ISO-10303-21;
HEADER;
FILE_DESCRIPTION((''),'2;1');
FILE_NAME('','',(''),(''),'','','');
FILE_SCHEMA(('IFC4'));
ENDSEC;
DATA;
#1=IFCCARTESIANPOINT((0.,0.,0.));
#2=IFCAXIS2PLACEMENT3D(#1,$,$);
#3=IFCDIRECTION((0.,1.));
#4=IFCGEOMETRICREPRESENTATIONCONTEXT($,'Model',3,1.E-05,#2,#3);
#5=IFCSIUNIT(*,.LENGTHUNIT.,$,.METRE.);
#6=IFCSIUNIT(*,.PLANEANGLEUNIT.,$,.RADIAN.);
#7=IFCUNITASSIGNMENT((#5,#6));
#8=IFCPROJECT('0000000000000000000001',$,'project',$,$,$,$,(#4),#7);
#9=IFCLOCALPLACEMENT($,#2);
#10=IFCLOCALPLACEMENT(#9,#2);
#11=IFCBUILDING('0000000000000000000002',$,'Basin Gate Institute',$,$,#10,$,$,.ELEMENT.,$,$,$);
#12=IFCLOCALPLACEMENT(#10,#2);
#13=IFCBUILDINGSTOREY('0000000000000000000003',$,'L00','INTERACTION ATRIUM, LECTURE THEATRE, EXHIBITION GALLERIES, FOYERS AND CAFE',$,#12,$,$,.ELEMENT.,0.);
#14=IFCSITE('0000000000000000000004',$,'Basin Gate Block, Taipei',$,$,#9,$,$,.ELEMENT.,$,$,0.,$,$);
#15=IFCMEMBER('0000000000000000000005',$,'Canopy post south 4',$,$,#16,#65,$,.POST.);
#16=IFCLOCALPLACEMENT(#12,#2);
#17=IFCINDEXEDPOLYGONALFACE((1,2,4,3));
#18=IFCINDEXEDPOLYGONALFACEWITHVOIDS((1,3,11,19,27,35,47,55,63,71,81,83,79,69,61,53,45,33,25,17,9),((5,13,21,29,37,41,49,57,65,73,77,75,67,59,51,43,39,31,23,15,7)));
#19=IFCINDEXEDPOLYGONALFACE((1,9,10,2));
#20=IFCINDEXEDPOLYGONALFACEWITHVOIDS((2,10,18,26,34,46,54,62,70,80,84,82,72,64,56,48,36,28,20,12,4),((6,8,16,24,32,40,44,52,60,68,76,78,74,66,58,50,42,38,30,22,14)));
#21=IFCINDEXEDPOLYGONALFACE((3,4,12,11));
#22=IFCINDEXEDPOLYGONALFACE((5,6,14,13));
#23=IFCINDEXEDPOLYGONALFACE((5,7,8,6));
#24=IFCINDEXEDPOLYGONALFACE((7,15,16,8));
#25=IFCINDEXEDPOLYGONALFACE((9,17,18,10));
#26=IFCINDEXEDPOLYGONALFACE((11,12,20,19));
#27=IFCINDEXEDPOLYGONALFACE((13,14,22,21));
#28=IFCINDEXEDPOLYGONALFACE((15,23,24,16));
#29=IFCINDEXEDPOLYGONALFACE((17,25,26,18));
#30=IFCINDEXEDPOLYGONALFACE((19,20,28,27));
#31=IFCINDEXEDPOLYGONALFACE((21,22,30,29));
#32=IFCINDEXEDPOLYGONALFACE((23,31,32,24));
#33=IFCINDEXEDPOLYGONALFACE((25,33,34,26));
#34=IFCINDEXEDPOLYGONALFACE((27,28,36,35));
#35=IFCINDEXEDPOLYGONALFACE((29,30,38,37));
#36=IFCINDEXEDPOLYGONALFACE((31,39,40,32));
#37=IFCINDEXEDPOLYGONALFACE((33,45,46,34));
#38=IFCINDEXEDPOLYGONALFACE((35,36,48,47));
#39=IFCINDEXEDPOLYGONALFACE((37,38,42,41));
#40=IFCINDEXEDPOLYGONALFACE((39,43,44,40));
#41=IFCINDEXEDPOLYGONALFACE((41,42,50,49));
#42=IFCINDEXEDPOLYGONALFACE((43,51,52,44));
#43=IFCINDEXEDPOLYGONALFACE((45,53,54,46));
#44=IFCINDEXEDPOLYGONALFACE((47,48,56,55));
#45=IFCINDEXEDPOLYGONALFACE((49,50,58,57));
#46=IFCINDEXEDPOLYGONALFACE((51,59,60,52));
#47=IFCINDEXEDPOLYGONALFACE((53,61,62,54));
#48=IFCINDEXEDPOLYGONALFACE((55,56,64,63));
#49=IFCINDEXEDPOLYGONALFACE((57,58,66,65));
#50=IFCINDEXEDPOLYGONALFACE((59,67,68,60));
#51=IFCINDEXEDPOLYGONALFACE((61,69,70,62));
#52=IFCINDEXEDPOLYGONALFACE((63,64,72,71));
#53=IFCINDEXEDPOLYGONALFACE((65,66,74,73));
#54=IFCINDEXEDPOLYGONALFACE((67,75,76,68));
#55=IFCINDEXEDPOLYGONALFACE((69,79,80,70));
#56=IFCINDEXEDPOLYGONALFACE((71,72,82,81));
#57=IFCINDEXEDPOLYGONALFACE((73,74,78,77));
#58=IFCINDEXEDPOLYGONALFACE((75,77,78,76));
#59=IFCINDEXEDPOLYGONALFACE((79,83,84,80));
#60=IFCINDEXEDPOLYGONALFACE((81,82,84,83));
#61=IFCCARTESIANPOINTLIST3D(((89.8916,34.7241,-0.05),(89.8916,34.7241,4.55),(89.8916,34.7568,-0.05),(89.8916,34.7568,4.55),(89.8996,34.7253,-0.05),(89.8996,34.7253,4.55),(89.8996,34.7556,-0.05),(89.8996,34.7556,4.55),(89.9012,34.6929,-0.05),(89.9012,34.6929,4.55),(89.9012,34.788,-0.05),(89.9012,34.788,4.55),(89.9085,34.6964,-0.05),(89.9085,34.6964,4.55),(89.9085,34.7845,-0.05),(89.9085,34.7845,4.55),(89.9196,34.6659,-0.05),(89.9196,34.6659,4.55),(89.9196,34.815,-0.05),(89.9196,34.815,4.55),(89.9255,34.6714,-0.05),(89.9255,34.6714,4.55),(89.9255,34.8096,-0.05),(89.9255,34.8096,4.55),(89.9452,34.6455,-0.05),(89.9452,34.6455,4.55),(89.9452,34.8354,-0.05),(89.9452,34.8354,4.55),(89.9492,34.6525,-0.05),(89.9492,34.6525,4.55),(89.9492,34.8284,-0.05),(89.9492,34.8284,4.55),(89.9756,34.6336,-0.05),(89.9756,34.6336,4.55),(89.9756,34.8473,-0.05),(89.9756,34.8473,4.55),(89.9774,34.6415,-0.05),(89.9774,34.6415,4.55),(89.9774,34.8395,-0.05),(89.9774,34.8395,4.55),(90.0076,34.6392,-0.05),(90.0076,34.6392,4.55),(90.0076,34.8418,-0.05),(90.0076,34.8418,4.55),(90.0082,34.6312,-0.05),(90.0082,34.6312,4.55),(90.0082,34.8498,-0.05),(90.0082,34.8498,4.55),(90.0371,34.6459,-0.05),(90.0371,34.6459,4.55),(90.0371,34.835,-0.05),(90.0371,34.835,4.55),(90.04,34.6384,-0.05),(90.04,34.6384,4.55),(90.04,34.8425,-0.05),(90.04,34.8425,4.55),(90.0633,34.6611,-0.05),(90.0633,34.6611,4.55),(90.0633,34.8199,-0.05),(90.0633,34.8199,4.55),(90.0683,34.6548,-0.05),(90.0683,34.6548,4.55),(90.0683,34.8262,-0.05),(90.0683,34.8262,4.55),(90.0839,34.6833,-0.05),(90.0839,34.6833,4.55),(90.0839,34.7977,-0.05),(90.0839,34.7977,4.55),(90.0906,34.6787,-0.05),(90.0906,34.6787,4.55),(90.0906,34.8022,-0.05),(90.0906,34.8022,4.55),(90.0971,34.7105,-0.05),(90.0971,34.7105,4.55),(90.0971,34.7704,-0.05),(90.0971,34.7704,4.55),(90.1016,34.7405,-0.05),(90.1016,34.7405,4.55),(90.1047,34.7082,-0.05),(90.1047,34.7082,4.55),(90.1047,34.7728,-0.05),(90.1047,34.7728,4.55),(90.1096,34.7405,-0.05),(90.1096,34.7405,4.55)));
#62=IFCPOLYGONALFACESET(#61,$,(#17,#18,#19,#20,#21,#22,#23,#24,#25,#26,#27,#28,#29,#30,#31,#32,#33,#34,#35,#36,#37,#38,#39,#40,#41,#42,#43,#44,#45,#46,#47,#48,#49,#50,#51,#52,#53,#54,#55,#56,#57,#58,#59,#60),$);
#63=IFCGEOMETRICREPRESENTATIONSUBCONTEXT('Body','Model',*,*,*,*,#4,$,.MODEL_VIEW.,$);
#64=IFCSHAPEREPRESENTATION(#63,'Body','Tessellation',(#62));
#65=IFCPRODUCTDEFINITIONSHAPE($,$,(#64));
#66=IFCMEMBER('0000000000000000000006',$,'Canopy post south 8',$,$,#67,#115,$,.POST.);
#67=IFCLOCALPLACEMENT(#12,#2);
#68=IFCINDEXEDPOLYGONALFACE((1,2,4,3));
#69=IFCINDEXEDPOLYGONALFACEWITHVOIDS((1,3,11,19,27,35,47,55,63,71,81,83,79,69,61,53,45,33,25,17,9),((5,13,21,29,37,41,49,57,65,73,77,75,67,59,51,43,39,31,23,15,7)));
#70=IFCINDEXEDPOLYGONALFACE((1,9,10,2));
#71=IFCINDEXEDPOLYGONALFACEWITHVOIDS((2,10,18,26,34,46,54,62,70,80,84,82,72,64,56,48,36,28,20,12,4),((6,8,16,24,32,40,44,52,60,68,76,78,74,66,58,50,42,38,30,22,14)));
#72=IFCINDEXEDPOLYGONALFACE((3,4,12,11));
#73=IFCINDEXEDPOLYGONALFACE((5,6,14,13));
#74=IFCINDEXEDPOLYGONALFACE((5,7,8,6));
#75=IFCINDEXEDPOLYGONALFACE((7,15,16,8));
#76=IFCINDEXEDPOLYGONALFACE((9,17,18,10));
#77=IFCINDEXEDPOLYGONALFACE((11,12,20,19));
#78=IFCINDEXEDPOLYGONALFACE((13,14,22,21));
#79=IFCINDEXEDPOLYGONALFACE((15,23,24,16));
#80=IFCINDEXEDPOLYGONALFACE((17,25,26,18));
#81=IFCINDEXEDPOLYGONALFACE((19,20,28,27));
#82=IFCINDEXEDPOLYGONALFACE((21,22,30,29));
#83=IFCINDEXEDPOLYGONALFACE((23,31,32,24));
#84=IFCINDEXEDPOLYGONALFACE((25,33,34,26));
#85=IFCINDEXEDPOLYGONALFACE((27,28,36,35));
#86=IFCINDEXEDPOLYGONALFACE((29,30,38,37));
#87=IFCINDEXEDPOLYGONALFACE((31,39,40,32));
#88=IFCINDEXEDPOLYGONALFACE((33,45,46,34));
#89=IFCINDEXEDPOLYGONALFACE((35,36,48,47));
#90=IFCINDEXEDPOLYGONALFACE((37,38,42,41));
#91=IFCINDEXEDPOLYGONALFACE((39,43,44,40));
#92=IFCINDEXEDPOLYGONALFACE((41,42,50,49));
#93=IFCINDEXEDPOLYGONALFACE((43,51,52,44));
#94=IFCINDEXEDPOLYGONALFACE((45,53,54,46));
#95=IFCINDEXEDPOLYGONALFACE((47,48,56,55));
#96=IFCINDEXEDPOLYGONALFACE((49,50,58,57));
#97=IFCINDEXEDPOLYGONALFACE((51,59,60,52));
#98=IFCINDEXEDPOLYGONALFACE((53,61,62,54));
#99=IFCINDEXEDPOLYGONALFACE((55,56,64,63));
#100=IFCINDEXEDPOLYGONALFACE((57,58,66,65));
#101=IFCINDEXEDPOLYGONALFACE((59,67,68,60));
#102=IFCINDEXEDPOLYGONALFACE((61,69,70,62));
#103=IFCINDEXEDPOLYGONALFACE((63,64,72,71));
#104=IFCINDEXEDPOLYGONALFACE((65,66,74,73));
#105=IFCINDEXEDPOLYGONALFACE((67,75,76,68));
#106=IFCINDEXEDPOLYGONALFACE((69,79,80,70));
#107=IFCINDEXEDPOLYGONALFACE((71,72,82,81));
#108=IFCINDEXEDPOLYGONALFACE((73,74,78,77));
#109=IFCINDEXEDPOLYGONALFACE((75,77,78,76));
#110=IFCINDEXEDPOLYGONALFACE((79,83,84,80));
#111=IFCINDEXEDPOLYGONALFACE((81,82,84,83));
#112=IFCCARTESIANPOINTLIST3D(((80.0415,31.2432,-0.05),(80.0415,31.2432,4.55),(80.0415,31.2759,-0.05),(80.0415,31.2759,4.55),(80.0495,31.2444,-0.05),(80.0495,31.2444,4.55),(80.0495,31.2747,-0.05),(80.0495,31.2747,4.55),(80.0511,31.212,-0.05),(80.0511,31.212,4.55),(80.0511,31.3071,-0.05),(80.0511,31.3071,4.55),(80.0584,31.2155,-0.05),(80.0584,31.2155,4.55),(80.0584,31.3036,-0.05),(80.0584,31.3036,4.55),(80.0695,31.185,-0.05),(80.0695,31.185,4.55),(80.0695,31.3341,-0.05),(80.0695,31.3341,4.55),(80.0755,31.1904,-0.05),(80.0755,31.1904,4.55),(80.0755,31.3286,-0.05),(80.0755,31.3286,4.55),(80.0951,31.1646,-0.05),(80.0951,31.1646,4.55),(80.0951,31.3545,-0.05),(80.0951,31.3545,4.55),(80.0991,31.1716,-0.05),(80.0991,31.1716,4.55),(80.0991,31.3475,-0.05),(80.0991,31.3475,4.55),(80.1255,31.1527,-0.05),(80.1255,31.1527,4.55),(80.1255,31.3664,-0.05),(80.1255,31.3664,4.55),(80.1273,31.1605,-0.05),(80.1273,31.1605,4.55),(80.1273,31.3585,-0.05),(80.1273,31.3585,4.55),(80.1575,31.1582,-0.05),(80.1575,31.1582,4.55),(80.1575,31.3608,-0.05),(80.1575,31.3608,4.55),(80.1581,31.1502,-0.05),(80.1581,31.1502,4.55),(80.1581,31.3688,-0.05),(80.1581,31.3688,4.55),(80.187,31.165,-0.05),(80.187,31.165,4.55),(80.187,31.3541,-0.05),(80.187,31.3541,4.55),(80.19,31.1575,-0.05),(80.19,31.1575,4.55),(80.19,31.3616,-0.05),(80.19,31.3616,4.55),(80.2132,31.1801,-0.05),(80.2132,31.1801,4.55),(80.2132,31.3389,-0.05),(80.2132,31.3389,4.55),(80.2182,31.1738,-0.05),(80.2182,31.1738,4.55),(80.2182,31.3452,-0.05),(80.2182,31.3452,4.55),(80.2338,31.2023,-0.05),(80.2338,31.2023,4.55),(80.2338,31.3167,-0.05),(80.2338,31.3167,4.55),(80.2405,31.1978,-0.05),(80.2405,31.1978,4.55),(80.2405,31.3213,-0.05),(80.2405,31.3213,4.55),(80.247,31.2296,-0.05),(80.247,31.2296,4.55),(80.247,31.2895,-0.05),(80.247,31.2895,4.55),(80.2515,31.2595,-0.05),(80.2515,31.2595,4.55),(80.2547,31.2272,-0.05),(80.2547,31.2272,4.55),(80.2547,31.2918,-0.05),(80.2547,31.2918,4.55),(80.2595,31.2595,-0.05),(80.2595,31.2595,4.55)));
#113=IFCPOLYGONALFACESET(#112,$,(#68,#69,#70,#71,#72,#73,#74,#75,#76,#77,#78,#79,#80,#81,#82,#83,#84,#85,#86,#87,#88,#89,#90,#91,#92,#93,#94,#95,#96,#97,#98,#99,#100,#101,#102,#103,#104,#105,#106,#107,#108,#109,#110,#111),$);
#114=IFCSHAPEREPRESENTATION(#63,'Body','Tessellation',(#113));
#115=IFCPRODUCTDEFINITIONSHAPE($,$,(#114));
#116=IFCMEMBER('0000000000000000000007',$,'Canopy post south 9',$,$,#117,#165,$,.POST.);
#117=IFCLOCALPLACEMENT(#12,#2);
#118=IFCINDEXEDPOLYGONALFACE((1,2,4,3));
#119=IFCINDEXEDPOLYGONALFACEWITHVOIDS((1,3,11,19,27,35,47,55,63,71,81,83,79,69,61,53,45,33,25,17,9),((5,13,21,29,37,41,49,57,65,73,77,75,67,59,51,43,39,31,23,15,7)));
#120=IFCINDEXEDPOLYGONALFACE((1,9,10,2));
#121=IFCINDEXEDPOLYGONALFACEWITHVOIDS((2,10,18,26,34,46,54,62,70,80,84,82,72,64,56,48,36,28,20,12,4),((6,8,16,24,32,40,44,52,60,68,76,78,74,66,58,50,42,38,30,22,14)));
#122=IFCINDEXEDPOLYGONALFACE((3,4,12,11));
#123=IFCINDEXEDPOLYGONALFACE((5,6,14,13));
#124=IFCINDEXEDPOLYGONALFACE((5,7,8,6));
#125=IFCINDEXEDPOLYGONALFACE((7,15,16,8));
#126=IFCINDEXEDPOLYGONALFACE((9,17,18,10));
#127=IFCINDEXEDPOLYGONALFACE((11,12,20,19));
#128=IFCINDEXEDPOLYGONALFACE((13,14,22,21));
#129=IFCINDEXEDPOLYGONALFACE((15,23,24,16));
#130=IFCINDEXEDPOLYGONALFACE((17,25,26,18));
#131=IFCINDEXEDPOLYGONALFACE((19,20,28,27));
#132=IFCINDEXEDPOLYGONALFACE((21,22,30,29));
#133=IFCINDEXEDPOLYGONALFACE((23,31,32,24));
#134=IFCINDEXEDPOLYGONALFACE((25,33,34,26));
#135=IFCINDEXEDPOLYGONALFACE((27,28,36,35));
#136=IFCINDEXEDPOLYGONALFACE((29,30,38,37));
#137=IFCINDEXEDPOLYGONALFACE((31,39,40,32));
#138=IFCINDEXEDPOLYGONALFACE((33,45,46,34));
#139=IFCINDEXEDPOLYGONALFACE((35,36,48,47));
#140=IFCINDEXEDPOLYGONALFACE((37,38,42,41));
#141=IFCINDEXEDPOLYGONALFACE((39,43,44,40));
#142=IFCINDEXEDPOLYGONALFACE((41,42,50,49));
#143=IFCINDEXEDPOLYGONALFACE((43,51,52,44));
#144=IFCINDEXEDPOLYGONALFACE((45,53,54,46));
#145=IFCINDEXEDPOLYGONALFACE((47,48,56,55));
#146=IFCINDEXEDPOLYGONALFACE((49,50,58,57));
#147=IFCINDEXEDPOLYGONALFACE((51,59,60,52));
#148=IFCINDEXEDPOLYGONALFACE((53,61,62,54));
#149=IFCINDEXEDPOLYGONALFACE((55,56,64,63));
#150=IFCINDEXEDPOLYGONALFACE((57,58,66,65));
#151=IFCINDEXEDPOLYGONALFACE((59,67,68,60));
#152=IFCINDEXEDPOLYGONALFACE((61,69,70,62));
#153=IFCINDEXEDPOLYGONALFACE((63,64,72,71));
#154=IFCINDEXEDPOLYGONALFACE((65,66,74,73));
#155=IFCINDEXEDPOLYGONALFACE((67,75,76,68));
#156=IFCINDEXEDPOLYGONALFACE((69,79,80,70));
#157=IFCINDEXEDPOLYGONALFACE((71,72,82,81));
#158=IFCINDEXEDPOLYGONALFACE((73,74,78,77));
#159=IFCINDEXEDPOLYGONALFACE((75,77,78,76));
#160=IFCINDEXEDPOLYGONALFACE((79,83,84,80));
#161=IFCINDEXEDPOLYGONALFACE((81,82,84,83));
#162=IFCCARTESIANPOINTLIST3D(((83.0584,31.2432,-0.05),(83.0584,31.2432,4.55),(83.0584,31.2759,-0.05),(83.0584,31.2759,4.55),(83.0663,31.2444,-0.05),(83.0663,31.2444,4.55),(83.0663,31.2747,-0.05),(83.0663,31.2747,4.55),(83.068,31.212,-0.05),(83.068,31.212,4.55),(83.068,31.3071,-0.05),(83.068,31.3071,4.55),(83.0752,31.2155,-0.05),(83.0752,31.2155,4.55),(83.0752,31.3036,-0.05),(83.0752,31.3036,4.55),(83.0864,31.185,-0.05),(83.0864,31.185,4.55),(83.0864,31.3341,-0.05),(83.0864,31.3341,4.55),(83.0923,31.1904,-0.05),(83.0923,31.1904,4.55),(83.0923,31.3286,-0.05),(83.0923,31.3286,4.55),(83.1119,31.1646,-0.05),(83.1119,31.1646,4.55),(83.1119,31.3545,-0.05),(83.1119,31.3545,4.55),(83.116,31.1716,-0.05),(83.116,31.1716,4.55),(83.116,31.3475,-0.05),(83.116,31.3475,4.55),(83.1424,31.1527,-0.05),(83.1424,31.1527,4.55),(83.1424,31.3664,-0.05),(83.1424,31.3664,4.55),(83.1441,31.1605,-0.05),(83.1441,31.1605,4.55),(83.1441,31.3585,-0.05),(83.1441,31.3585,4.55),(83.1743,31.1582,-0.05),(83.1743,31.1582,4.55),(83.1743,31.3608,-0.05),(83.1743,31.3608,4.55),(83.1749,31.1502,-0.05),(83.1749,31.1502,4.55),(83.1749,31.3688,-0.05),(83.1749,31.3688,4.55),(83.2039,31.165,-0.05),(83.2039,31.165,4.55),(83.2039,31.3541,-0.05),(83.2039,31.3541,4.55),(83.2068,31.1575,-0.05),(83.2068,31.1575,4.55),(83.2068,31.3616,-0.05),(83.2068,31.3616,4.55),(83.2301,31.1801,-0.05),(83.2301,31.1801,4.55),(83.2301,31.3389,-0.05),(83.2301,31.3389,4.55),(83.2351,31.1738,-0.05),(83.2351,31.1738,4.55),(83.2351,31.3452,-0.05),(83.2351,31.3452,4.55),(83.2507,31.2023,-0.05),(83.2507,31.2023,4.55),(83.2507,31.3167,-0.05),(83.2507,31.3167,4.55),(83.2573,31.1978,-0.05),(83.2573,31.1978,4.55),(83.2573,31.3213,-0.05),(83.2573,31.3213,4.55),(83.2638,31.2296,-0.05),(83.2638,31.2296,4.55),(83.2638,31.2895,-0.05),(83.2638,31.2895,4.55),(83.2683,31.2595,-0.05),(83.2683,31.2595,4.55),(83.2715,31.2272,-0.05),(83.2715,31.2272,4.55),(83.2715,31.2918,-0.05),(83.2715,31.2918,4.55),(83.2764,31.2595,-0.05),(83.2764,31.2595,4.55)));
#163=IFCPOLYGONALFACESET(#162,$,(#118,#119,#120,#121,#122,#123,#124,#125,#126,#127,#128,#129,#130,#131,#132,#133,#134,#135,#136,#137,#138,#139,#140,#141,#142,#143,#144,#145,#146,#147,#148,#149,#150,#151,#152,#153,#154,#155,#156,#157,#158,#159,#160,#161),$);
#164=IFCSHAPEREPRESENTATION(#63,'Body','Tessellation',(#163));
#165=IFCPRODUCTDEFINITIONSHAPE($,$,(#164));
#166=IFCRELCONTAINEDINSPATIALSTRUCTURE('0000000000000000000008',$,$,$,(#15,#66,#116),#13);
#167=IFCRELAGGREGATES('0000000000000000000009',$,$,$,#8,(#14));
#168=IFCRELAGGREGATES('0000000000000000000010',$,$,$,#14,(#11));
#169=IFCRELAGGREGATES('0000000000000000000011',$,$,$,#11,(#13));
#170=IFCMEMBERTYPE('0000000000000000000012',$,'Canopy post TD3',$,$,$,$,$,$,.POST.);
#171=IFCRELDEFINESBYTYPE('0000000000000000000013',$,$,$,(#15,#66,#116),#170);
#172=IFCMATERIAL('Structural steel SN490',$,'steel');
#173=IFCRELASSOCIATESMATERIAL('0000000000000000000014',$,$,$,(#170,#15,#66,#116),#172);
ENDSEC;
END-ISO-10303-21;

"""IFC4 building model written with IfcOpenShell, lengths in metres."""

from ifc_helpers import new_model, si_unit, direction, frame, origin, origin_2d, place, context, subcontext, project, spatial, hollow_circle, extrude, material, material_profile, profile_set, type_object, element, save


model = new_model("IFC4")

# Units and contexts
model_context = context("Model", 3, precision=1e-05, world=origin(), true_north=direction((0.0, 1.0)))
body_context = subcontext(model_context, "Body", "Model", "MODEL_VIEW")
ifc_project = project(units=[si_unit("LENGTHUNIT", "METRE"), si_unit("PLANEANGLEUNIT", "RADIAN")], contexts=[model_context])

# Site, building, storey
site_placement = place(None, origin())
site = spatial("IfcSite", under=ifc_project, at=site_placement, Name="Basin Gate Block, Taipei", CompositionType="ELEMENT", RefElevation=0.0)
building_placement = place(site_placement, origin())
building = spatial("IfcBuilding", under=site, at=building_placement, Name="Basin Gate Institute", CompositionType="ELEMENT")
storey_placement = place(building_placement, origin())
storey = spatial("IfcBuildingStorey", under=building, at=storey_placement, Name="L00", Description="INTERACTION ATRIUM, LECTURE THEATRE, EXHIBITION GALLERIES, FOYERS AND CAFE", CompositionType="ELEMENT", Elevation=0.0)

# Members
ifc_material_1 = material(Name="Structural steel SN490", Category="steel")
ifc_material_profile_1 = material_profile(ifc_material_1, hollow_circle(Radius=0.1096, WallThickness=0.0081, at=origin_2d()), Name="CHS219x8")
ifc_profile_set_1 = profile_set([ifc_material_profile_1], Name="Structural steel SN490")
member_type_1 = type_object("IfcMemberType", Name="Canopy post TD3", PredefinedType="POST", material=ifc_profile_set_1)
for number, where, z_axis, x_axis, name in (
    (1, (90.0, 34.7405, -0.05), (0.0, 0.0, 1.0), (1.0, 0.0, 0.0), "Canopy post south 4"),
    (2, (80.1499, 31.2595, -0.05), (0.0, 0.0, 1.0), (1.0, 0.0, 0.0), "Canopy post south 8"),
    (3, (83.1667, 31.2595, -0.05), (0.0, 0.0, 1.0), (1.0, 0.0, 0.0), "Canopy post south 9"),
):
    element("IfcMember", number, at=place(storey_placement, frame(where, z_axis=z_axis, x_axis=x_axis)), inside=storey, type_object=member_type_1, material=ifc_profile_set_1, Name=name, PredefinedType="POST", context=body_context, shape_type="SweptSolid", body=[
        extrude(hollow_circle(Radius=0.1096, WallThickness=0.0081, at=origin_2d()), origin(), (0.0, 0.0, 1.0), 4.6001),
    ])

save(model, "model.ifc")
